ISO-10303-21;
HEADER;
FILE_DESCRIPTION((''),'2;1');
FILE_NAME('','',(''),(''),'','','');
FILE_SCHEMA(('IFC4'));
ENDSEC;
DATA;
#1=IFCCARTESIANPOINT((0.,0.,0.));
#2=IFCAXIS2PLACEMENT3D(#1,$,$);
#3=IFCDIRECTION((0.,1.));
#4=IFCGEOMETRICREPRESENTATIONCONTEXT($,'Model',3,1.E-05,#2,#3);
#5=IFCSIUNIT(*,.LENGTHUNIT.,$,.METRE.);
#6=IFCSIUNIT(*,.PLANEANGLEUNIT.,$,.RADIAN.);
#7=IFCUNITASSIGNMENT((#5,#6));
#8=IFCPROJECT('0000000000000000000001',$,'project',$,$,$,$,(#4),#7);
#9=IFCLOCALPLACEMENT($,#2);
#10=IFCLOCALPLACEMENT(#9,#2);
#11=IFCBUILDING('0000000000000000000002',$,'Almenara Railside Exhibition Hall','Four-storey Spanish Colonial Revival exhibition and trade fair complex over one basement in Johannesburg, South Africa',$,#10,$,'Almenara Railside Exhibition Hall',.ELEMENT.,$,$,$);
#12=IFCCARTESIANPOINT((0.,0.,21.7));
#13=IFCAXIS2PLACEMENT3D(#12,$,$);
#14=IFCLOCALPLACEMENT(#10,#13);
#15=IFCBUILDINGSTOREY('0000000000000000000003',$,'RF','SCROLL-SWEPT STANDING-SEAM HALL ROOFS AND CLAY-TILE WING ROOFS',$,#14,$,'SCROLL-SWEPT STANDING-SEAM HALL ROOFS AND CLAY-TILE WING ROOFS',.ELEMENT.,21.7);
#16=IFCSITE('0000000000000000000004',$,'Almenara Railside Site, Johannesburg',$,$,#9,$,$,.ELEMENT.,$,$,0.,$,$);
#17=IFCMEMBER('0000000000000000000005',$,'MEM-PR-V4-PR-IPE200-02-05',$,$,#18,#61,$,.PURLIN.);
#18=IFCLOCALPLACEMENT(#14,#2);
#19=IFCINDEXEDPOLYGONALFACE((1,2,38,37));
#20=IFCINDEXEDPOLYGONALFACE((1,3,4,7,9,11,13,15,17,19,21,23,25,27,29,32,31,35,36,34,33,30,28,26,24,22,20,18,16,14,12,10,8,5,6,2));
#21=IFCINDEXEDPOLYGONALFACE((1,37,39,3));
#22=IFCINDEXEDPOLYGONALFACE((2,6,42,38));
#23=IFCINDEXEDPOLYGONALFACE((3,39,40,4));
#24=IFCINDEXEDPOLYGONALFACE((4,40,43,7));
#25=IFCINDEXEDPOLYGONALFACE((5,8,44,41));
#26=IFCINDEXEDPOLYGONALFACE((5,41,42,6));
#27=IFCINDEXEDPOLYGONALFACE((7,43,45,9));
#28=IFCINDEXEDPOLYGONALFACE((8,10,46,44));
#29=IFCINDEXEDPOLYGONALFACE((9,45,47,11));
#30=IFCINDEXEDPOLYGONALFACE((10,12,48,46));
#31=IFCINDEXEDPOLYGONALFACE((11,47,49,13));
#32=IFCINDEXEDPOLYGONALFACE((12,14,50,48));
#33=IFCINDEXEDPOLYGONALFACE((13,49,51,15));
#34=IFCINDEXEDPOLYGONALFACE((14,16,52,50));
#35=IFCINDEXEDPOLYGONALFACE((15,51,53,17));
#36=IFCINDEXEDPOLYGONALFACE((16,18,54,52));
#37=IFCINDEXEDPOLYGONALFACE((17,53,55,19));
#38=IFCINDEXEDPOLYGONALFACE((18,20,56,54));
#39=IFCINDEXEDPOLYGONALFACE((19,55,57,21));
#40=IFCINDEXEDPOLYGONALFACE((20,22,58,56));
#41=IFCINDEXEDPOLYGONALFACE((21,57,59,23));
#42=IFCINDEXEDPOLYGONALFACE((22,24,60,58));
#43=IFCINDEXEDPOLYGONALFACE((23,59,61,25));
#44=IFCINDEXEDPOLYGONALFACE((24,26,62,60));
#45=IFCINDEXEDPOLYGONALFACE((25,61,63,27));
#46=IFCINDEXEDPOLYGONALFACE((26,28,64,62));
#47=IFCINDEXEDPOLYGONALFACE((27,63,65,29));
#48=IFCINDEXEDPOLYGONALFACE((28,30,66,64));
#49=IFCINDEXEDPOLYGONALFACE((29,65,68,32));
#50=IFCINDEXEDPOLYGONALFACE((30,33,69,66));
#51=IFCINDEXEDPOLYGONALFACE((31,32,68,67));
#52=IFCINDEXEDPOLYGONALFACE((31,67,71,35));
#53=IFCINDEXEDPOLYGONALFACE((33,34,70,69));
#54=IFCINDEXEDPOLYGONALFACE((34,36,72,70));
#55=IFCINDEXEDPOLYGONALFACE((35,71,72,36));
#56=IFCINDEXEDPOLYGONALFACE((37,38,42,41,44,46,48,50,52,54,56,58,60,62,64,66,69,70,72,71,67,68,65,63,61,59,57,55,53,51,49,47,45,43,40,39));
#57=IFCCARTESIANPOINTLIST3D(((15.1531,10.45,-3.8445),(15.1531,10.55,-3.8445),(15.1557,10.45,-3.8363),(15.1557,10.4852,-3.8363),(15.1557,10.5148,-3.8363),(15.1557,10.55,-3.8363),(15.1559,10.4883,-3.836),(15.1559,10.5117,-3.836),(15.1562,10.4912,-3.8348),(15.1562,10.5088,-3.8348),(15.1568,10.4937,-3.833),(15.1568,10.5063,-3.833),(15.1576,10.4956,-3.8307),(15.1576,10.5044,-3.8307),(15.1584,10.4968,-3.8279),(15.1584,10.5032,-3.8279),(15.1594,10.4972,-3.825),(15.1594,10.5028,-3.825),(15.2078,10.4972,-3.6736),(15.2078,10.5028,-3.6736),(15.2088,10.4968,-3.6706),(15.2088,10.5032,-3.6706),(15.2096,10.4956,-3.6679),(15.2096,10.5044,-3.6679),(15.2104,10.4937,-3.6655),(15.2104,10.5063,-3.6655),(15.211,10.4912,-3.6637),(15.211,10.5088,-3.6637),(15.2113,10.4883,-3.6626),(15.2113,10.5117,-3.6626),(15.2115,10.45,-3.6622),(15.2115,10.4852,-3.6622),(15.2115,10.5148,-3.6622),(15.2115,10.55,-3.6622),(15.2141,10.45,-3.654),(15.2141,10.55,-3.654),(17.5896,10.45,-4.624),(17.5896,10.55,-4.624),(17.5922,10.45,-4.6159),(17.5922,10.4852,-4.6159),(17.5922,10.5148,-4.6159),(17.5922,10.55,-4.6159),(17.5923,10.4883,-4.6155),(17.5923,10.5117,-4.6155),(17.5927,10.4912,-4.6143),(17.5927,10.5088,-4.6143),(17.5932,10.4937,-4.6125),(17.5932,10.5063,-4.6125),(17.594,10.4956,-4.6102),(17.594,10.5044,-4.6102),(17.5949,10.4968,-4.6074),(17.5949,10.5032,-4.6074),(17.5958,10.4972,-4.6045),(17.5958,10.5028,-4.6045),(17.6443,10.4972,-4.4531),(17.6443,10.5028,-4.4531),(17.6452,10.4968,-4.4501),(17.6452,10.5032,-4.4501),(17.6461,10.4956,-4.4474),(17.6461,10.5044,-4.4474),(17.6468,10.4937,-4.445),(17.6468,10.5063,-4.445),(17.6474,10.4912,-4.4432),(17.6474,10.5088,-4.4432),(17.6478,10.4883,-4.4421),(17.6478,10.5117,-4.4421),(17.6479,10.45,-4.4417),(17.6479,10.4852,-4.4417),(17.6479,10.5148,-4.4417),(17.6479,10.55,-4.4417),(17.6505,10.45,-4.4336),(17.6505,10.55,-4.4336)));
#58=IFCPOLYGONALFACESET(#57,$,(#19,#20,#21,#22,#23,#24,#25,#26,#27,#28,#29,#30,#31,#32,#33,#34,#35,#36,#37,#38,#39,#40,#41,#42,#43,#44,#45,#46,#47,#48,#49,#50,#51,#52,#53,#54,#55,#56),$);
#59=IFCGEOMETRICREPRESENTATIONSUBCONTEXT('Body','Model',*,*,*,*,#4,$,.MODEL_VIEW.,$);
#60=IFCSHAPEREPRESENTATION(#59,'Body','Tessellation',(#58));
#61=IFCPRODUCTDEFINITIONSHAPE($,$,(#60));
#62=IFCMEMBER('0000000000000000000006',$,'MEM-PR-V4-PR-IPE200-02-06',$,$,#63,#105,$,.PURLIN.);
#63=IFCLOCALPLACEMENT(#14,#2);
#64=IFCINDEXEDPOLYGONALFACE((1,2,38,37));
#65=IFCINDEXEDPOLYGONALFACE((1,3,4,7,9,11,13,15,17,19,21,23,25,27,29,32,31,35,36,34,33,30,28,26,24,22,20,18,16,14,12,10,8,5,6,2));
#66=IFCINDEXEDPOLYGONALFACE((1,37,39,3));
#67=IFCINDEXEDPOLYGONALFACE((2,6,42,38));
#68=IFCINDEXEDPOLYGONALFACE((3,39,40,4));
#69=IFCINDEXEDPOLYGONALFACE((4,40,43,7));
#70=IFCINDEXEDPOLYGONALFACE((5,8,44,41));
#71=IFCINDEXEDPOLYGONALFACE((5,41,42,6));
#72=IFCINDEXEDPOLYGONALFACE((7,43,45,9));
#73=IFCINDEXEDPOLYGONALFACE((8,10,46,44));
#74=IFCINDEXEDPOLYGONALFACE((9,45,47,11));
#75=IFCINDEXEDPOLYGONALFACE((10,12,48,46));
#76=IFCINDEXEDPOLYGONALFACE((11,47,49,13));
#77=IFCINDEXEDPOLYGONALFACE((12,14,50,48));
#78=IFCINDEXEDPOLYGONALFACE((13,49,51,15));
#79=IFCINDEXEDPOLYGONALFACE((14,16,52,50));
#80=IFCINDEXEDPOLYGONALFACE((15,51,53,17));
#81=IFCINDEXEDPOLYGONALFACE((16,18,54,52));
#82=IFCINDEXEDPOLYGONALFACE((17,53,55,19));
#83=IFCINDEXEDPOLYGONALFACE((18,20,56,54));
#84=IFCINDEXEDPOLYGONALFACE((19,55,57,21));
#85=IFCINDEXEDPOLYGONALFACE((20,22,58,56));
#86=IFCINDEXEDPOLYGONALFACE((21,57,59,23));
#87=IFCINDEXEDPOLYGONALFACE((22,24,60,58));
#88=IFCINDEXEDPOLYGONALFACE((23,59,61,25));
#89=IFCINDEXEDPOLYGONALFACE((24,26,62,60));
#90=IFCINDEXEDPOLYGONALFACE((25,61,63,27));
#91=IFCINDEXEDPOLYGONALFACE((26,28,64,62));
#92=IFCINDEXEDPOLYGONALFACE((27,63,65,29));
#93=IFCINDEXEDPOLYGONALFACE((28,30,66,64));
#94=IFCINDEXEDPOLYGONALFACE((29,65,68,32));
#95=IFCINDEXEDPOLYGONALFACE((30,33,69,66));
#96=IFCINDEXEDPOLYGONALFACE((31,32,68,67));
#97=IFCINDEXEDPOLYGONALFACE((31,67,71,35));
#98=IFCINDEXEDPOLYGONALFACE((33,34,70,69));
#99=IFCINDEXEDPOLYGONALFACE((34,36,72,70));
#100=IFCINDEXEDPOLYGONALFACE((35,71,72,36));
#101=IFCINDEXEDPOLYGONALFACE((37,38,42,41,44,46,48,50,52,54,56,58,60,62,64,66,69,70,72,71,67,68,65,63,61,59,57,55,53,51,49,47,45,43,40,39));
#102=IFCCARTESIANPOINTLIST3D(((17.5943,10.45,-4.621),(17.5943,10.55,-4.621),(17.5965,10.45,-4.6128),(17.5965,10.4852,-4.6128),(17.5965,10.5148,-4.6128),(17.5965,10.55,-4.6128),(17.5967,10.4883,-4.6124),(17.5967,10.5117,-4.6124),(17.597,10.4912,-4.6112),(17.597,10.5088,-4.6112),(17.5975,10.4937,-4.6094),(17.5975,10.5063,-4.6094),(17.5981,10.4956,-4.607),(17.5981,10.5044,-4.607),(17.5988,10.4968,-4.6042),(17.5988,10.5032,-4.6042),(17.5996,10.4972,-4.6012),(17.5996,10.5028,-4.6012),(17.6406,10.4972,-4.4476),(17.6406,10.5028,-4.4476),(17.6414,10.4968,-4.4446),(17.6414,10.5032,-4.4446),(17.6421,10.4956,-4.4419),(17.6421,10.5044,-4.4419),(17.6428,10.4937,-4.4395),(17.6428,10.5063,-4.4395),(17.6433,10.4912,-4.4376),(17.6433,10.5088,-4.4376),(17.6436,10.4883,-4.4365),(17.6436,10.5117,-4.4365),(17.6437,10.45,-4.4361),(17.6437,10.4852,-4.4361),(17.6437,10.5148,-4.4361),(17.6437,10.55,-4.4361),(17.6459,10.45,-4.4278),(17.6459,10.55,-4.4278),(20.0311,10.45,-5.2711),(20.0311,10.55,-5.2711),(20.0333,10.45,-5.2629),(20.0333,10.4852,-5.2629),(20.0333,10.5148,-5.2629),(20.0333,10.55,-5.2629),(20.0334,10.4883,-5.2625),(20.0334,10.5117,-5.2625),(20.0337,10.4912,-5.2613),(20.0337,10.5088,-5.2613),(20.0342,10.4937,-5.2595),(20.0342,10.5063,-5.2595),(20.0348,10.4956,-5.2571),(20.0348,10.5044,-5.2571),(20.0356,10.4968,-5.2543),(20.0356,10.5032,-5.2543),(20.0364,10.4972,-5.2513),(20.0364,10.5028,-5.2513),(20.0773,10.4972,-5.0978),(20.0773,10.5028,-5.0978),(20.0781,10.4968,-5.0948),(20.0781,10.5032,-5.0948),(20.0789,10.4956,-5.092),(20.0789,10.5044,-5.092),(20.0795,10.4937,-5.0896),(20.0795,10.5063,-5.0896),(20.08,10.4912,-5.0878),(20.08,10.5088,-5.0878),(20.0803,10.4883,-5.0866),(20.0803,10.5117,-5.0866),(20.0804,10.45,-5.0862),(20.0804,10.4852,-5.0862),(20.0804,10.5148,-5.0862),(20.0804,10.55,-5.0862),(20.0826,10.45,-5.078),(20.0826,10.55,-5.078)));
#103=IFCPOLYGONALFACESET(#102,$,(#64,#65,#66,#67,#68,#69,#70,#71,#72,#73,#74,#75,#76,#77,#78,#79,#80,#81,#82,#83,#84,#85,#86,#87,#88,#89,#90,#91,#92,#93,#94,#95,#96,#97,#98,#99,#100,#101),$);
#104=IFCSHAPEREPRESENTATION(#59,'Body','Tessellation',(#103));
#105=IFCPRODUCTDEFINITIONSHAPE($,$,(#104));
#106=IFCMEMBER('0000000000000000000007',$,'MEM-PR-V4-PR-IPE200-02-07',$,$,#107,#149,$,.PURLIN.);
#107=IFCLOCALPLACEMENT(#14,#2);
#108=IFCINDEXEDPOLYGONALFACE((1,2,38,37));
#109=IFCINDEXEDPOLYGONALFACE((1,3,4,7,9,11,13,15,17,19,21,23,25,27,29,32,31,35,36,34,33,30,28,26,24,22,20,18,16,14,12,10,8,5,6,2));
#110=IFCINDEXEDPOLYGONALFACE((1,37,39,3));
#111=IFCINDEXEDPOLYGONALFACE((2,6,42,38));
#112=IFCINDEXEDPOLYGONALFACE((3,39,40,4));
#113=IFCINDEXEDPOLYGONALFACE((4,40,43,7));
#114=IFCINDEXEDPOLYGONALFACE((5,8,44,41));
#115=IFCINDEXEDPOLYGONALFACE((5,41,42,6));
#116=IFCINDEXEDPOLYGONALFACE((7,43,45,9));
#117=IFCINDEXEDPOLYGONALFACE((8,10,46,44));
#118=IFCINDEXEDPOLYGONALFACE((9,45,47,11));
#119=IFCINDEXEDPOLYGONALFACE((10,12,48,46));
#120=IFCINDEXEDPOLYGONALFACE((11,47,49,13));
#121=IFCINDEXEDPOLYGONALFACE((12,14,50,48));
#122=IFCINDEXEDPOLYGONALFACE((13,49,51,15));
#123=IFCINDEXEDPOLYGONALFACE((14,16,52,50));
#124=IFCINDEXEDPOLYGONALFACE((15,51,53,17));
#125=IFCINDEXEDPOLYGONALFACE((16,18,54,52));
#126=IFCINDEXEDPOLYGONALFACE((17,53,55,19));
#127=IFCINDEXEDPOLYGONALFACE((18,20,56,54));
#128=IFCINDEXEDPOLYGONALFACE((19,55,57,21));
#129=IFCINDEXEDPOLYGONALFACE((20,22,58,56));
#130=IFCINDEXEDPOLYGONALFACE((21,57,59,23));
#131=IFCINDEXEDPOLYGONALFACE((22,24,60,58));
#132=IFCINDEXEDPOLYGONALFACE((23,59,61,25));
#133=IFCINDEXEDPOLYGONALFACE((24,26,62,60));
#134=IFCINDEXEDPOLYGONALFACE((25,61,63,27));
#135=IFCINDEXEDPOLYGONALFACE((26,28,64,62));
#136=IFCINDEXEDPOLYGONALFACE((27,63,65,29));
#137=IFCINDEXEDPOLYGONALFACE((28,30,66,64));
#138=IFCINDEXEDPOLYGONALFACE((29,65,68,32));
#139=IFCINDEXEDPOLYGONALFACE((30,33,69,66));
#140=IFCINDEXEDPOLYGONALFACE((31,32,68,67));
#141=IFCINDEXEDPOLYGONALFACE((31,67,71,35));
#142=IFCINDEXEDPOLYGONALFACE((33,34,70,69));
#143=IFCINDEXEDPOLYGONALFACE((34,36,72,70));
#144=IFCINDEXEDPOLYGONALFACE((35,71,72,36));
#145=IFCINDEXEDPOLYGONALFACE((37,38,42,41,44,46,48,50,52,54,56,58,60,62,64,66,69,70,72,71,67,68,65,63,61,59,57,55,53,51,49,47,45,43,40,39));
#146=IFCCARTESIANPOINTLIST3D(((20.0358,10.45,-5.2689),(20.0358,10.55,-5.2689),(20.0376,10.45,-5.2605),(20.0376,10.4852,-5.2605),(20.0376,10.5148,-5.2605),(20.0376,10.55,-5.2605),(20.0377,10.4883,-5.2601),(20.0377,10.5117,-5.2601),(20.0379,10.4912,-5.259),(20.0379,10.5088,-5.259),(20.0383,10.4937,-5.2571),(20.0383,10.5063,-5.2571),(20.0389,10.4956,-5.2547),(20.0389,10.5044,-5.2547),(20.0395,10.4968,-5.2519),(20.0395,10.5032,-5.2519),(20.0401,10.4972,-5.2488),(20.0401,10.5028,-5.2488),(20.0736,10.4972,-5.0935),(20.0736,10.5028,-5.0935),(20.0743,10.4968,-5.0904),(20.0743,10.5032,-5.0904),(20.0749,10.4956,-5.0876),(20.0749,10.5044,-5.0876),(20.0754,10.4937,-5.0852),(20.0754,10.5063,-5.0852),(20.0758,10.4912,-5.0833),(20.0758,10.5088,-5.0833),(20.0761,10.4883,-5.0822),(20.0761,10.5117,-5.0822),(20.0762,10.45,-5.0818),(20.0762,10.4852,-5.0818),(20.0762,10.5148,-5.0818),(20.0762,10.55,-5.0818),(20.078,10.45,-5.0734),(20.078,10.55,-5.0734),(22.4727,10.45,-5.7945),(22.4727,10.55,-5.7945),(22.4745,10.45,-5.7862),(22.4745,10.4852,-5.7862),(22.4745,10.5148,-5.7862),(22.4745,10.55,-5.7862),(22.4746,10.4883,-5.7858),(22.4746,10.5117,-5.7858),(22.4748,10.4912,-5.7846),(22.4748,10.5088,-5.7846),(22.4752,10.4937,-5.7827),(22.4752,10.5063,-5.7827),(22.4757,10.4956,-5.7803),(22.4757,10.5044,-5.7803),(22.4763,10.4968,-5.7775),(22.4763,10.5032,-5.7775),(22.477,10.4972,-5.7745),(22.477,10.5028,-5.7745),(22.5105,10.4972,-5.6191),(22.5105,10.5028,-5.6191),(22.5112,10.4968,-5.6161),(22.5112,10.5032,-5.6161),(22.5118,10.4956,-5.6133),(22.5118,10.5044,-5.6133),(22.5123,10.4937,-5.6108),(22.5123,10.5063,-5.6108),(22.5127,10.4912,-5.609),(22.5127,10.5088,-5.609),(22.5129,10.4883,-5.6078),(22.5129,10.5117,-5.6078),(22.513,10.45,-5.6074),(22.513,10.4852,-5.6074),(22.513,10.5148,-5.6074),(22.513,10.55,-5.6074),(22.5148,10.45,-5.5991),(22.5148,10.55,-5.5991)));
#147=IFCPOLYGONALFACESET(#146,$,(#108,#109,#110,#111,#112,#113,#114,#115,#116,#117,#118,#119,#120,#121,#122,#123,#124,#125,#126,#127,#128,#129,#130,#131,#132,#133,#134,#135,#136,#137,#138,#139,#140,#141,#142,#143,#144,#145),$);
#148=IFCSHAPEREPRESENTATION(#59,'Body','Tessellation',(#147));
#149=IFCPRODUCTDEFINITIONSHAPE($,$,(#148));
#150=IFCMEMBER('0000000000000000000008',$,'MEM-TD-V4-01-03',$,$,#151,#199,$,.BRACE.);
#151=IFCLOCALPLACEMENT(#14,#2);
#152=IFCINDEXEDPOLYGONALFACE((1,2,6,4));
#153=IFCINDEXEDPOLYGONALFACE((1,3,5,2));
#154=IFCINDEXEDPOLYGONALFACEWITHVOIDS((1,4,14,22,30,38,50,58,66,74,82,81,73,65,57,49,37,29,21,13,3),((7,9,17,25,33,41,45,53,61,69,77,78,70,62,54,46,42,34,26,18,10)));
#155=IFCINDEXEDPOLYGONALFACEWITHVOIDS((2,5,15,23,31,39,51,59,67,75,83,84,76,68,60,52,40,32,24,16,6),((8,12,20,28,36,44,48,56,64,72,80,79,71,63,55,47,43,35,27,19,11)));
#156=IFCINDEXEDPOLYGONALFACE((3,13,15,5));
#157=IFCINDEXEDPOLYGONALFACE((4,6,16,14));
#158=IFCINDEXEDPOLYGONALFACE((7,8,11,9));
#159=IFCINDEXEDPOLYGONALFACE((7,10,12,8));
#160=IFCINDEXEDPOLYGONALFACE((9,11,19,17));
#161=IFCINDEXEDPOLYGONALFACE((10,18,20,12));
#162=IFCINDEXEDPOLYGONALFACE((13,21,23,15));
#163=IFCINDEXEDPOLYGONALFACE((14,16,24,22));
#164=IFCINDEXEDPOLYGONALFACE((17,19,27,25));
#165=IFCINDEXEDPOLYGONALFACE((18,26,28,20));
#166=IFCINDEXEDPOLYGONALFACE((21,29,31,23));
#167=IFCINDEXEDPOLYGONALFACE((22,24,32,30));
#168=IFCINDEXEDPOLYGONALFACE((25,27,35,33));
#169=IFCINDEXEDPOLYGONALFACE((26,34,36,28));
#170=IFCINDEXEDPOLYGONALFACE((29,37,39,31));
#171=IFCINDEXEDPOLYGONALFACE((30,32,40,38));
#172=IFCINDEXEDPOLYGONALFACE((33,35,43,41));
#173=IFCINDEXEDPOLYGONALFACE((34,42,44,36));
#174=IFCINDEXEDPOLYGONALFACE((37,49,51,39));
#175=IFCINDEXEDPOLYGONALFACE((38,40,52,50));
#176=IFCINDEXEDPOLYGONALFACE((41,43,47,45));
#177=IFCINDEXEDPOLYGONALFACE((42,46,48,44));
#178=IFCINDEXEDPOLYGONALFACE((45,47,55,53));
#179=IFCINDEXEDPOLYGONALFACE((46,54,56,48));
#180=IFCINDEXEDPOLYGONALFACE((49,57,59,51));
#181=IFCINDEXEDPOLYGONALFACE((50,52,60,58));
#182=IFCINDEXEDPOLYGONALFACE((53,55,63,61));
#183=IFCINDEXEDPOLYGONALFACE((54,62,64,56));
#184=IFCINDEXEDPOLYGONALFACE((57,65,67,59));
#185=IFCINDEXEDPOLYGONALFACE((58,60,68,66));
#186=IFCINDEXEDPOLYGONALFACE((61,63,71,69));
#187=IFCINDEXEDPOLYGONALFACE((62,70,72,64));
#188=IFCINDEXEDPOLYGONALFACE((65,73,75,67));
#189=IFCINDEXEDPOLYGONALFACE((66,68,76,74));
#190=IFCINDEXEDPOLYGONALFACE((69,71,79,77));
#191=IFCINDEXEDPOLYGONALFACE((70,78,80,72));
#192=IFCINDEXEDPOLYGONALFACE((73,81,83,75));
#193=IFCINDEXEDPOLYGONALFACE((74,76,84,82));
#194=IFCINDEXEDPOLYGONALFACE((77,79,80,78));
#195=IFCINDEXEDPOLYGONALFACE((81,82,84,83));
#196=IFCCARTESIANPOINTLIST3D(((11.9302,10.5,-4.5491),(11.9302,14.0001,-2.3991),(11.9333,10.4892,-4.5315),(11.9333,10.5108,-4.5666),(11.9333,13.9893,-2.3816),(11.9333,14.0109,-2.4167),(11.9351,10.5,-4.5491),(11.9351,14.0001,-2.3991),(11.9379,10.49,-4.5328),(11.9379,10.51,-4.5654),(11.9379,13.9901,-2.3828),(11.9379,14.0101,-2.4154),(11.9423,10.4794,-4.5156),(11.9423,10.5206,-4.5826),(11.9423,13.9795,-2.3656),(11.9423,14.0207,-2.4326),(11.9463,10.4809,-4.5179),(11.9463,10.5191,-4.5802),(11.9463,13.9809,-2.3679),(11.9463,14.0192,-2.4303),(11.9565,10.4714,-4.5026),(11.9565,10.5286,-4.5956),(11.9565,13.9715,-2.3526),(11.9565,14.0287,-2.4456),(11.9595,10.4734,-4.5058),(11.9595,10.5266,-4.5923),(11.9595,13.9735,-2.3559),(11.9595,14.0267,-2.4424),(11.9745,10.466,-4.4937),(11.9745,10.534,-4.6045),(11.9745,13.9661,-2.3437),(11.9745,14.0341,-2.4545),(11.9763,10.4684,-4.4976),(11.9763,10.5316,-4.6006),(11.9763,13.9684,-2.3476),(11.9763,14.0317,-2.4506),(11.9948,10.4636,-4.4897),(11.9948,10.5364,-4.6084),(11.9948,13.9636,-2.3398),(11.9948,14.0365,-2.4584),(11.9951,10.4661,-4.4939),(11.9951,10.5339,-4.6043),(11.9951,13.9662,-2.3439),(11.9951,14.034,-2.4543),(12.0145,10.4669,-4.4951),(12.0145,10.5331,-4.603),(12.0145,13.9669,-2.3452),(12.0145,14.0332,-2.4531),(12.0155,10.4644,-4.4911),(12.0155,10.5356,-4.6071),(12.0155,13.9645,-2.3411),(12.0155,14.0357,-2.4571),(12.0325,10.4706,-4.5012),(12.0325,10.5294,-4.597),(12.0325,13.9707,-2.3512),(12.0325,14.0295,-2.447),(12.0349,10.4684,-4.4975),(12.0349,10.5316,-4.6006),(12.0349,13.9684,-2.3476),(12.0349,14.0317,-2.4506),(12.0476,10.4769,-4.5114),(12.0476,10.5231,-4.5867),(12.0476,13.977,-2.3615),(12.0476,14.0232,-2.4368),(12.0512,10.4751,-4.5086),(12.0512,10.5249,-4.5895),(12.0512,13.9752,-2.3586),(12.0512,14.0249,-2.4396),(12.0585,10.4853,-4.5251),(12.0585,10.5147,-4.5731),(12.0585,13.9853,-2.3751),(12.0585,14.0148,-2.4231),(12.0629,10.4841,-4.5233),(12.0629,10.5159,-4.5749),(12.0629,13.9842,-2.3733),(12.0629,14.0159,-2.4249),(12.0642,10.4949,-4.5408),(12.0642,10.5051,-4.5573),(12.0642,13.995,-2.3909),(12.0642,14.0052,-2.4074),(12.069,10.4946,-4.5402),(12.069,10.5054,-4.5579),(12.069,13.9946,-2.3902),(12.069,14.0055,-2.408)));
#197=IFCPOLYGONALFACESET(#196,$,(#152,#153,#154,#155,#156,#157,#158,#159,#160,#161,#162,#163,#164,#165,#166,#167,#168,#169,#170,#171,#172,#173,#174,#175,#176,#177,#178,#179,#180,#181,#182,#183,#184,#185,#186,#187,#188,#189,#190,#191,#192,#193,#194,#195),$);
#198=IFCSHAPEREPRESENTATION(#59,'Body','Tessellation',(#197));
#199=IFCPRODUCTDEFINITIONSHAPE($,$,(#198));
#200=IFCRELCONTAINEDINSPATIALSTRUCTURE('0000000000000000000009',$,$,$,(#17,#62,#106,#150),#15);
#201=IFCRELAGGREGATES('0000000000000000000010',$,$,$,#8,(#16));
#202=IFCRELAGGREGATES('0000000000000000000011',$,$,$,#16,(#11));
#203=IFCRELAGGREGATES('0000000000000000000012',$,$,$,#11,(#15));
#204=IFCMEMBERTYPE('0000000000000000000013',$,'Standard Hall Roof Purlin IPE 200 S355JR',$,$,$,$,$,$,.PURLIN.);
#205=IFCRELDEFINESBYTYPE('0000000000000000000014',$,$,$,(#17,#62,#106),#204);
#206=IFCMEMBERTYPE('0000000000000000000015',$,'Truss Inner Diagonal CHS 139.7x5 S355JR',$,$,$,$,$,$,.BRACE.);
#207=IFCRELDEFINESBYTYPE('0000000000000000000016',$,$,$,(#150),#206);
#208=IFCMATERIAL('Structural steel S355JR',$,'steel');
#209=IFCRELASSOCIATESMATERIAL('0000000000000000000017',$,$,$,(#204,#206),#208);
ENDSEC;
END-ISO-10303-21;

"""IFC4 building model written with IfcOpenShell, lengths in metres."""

from ifc_helpers import new_model, si_unit, direction, frame, origin, origin_2d, place, context, subcontext, project, spatial, hollow_circle, i_section, extrude, material, material_profile, profile_set, type_object, element, save


model = new_model("IFC4")

# Units and contexts
model_context = context("Model", 3, precision=1e-05, world=origin(), true_north=direction((0.0, 1.0)))
body_context = subcontext(model_context, "Body", "Model", "MODEL_VIEW")
ifc_project = project(units=[si_unit("LENGTHUNIT", "METRE"), si_unit("PLANEANGLEUNIT", "RADIAN")], contexts=[model_context])

# Site, building, storey
site_placement = place(None, origin())
site = spatial("IfcSite", under=ifc_project, at=site_placement, Name="Almenara Railside Site, Johannesburg", CompositionType="ELEMENT", RefElevation=0.0)
building_placement = place(site_placement, origin())
building = spatial("IfcBuilding", under=site, at=building_placement, Name="Almenara Railside Exhibition Hall", Description="Four-storey Spanish Colonial Revival exhibition and trade fair complex over one basement in Johannesburg, South Africa", LongName="Almenara Railside Exhibition Hall", CompositionType="ELEMENT")
storey_placement = place(building_placement, frame((0.0, 0.0, 21.7)))
storey = spatial("IfcBuildingStorey", under=building, at=storey_placement, Name="RF", Description="SCROLL-SWEPT STANDING-SEAM HALL ROOFS AND CLAY-TILE WING ROOFS", LongName="SCROLL-SWEPT STANDING-SEAM HALL ROOFS AND CLAY-TILE WING ROOFS", CompositionType="ELEMENT", Elevation=21.7)

# Shared definitions
ifc_material_1 = material(Name="Structural steel S355JR", Category="steel")

# Members
ifc_material_profile_1 = material_profile(ifc_material_1, i_section(OverallWidth=0.1001, OverallDepth=0.2, WebThickness=0.0056, FlangeThickness=0.0085, FilletRadius=0.012, at=origin_2d()), Name="IPE 200")
ifc_profile_set_1 = profile_set([ifc_material_profile_1], Name="Structural steel S355JR")
member_type_1 = type_object("IfcMemberType", Name="Standard Hall Roof Purlin IPE 200 S355JR", PredefinedType="PURLIN", material=ifc_profile_set_1)
member_1_placement = place(storey_placement, frame((15.1836, 10.5, -3.7493), z_axis=(0.952441, 0.0, -0.304724), x_axis=(0.0, 1.0, 0.0)))
element("IfcMember", 1, at=member_1_placement, inside=storey, type_object=member_type_1, Name="MEM-PR-V4-PR-IPE200-02-05", PredefinedType="PURLIN", context=body_context, shape_type="SweptSolid", body=[
    extrude(i_section(OverallWidth=0.1001, OverallDepth=0.2, WebThickness=0.0056, FlangeThickness=0.0085, FilletRadius=0.012, at=origin_2d()), origin(), (0.0, 0.0, 1.0), 2.5581),
])
member_2_placement = place(storey_placement, frame((17.6201, 10.5, -4.5244), z_axis=(0.966201, 0.0, -0.257789), x_axis=(0.0, 1.0, 0.0)))
element("IfcMember", 2, at=member_2_placement, inside=storey, type_object=member_type_1, Name="MEM-PR-V4-PR-IPE200-02-06", PredefinedType="PURLIN", context=body_context, shape_type="SweptSolid", body=[
    extrude(i_section(OverallWidth=0.1001, OverallDepth=0.2, WebThickness=0.0056, FlangeThickness=0.0085, FilletRadius=0.012, at=origin_2d()), origin(), (0.0, 0.0, 1.0), 2.522),
])
member_3_placement = place(storey_placement, frame((20.0569, 10.5, -5.1711), z_axis=(0.977516, 0.0, -0.21086), x_axis=(0.0, 1.0, 0.0)))
element("IfcMember", 3, at=member_3_placement, inside=storey, type_object=member_type_1, Name="MEM-PR-V4-PR-IPE200-02-07", PredefinedType="PURLIN", context=body_context, shape_type="SweptSolid", body=[
    extrude(i_section(OverallWidth=0.1001, OverallDepth=0.2, WebThickness=0.0056, FlangeThickness=0.0085, FilletRadius=0.012, at=origin_2d()), origin(), (0.0, 0.0, 1.0), 2.4929),
])
ifc_material_profile_2 = material_profile(ifc_material_1, hollow_circle(Radius=0.0698, WallThickness=0.0049, at=origin_2d()), Name="CHS 139.7x5")
ifc_profile_set_2 = profile_set([ifc_material_profile_2], Name="Structural steel S355JR")
member_type_2 = type_object("IfcMemberType", Name="Truss Inner Diagonal CHS 139.7x5 S355JR", PredefinedType="BRACE", material=ifc_profile_set_2)
member_4_placement = place(storey_placement, frame((12.0, 10.5, -4.5491), z_axis=(0.0, 0.852087, 0.523401), x_axis=(-1.0, 0.0, 0.0)))
element("IfcMember", 4, at=member_4_placement, inside=storey, type_object=member_type_2, Name="MEM-TD-V4-01-03", PredefinedType="BRACE", context=body_context, shape_type="SweptSolid", body=[
    extrude(hollow_circle(Radius=0.0698, WallThickness=0.0049, at=origin_2d()), origin(), (0.0, 0.0, 1.0), 4.1077),
])

save(model, "model.ifc")
